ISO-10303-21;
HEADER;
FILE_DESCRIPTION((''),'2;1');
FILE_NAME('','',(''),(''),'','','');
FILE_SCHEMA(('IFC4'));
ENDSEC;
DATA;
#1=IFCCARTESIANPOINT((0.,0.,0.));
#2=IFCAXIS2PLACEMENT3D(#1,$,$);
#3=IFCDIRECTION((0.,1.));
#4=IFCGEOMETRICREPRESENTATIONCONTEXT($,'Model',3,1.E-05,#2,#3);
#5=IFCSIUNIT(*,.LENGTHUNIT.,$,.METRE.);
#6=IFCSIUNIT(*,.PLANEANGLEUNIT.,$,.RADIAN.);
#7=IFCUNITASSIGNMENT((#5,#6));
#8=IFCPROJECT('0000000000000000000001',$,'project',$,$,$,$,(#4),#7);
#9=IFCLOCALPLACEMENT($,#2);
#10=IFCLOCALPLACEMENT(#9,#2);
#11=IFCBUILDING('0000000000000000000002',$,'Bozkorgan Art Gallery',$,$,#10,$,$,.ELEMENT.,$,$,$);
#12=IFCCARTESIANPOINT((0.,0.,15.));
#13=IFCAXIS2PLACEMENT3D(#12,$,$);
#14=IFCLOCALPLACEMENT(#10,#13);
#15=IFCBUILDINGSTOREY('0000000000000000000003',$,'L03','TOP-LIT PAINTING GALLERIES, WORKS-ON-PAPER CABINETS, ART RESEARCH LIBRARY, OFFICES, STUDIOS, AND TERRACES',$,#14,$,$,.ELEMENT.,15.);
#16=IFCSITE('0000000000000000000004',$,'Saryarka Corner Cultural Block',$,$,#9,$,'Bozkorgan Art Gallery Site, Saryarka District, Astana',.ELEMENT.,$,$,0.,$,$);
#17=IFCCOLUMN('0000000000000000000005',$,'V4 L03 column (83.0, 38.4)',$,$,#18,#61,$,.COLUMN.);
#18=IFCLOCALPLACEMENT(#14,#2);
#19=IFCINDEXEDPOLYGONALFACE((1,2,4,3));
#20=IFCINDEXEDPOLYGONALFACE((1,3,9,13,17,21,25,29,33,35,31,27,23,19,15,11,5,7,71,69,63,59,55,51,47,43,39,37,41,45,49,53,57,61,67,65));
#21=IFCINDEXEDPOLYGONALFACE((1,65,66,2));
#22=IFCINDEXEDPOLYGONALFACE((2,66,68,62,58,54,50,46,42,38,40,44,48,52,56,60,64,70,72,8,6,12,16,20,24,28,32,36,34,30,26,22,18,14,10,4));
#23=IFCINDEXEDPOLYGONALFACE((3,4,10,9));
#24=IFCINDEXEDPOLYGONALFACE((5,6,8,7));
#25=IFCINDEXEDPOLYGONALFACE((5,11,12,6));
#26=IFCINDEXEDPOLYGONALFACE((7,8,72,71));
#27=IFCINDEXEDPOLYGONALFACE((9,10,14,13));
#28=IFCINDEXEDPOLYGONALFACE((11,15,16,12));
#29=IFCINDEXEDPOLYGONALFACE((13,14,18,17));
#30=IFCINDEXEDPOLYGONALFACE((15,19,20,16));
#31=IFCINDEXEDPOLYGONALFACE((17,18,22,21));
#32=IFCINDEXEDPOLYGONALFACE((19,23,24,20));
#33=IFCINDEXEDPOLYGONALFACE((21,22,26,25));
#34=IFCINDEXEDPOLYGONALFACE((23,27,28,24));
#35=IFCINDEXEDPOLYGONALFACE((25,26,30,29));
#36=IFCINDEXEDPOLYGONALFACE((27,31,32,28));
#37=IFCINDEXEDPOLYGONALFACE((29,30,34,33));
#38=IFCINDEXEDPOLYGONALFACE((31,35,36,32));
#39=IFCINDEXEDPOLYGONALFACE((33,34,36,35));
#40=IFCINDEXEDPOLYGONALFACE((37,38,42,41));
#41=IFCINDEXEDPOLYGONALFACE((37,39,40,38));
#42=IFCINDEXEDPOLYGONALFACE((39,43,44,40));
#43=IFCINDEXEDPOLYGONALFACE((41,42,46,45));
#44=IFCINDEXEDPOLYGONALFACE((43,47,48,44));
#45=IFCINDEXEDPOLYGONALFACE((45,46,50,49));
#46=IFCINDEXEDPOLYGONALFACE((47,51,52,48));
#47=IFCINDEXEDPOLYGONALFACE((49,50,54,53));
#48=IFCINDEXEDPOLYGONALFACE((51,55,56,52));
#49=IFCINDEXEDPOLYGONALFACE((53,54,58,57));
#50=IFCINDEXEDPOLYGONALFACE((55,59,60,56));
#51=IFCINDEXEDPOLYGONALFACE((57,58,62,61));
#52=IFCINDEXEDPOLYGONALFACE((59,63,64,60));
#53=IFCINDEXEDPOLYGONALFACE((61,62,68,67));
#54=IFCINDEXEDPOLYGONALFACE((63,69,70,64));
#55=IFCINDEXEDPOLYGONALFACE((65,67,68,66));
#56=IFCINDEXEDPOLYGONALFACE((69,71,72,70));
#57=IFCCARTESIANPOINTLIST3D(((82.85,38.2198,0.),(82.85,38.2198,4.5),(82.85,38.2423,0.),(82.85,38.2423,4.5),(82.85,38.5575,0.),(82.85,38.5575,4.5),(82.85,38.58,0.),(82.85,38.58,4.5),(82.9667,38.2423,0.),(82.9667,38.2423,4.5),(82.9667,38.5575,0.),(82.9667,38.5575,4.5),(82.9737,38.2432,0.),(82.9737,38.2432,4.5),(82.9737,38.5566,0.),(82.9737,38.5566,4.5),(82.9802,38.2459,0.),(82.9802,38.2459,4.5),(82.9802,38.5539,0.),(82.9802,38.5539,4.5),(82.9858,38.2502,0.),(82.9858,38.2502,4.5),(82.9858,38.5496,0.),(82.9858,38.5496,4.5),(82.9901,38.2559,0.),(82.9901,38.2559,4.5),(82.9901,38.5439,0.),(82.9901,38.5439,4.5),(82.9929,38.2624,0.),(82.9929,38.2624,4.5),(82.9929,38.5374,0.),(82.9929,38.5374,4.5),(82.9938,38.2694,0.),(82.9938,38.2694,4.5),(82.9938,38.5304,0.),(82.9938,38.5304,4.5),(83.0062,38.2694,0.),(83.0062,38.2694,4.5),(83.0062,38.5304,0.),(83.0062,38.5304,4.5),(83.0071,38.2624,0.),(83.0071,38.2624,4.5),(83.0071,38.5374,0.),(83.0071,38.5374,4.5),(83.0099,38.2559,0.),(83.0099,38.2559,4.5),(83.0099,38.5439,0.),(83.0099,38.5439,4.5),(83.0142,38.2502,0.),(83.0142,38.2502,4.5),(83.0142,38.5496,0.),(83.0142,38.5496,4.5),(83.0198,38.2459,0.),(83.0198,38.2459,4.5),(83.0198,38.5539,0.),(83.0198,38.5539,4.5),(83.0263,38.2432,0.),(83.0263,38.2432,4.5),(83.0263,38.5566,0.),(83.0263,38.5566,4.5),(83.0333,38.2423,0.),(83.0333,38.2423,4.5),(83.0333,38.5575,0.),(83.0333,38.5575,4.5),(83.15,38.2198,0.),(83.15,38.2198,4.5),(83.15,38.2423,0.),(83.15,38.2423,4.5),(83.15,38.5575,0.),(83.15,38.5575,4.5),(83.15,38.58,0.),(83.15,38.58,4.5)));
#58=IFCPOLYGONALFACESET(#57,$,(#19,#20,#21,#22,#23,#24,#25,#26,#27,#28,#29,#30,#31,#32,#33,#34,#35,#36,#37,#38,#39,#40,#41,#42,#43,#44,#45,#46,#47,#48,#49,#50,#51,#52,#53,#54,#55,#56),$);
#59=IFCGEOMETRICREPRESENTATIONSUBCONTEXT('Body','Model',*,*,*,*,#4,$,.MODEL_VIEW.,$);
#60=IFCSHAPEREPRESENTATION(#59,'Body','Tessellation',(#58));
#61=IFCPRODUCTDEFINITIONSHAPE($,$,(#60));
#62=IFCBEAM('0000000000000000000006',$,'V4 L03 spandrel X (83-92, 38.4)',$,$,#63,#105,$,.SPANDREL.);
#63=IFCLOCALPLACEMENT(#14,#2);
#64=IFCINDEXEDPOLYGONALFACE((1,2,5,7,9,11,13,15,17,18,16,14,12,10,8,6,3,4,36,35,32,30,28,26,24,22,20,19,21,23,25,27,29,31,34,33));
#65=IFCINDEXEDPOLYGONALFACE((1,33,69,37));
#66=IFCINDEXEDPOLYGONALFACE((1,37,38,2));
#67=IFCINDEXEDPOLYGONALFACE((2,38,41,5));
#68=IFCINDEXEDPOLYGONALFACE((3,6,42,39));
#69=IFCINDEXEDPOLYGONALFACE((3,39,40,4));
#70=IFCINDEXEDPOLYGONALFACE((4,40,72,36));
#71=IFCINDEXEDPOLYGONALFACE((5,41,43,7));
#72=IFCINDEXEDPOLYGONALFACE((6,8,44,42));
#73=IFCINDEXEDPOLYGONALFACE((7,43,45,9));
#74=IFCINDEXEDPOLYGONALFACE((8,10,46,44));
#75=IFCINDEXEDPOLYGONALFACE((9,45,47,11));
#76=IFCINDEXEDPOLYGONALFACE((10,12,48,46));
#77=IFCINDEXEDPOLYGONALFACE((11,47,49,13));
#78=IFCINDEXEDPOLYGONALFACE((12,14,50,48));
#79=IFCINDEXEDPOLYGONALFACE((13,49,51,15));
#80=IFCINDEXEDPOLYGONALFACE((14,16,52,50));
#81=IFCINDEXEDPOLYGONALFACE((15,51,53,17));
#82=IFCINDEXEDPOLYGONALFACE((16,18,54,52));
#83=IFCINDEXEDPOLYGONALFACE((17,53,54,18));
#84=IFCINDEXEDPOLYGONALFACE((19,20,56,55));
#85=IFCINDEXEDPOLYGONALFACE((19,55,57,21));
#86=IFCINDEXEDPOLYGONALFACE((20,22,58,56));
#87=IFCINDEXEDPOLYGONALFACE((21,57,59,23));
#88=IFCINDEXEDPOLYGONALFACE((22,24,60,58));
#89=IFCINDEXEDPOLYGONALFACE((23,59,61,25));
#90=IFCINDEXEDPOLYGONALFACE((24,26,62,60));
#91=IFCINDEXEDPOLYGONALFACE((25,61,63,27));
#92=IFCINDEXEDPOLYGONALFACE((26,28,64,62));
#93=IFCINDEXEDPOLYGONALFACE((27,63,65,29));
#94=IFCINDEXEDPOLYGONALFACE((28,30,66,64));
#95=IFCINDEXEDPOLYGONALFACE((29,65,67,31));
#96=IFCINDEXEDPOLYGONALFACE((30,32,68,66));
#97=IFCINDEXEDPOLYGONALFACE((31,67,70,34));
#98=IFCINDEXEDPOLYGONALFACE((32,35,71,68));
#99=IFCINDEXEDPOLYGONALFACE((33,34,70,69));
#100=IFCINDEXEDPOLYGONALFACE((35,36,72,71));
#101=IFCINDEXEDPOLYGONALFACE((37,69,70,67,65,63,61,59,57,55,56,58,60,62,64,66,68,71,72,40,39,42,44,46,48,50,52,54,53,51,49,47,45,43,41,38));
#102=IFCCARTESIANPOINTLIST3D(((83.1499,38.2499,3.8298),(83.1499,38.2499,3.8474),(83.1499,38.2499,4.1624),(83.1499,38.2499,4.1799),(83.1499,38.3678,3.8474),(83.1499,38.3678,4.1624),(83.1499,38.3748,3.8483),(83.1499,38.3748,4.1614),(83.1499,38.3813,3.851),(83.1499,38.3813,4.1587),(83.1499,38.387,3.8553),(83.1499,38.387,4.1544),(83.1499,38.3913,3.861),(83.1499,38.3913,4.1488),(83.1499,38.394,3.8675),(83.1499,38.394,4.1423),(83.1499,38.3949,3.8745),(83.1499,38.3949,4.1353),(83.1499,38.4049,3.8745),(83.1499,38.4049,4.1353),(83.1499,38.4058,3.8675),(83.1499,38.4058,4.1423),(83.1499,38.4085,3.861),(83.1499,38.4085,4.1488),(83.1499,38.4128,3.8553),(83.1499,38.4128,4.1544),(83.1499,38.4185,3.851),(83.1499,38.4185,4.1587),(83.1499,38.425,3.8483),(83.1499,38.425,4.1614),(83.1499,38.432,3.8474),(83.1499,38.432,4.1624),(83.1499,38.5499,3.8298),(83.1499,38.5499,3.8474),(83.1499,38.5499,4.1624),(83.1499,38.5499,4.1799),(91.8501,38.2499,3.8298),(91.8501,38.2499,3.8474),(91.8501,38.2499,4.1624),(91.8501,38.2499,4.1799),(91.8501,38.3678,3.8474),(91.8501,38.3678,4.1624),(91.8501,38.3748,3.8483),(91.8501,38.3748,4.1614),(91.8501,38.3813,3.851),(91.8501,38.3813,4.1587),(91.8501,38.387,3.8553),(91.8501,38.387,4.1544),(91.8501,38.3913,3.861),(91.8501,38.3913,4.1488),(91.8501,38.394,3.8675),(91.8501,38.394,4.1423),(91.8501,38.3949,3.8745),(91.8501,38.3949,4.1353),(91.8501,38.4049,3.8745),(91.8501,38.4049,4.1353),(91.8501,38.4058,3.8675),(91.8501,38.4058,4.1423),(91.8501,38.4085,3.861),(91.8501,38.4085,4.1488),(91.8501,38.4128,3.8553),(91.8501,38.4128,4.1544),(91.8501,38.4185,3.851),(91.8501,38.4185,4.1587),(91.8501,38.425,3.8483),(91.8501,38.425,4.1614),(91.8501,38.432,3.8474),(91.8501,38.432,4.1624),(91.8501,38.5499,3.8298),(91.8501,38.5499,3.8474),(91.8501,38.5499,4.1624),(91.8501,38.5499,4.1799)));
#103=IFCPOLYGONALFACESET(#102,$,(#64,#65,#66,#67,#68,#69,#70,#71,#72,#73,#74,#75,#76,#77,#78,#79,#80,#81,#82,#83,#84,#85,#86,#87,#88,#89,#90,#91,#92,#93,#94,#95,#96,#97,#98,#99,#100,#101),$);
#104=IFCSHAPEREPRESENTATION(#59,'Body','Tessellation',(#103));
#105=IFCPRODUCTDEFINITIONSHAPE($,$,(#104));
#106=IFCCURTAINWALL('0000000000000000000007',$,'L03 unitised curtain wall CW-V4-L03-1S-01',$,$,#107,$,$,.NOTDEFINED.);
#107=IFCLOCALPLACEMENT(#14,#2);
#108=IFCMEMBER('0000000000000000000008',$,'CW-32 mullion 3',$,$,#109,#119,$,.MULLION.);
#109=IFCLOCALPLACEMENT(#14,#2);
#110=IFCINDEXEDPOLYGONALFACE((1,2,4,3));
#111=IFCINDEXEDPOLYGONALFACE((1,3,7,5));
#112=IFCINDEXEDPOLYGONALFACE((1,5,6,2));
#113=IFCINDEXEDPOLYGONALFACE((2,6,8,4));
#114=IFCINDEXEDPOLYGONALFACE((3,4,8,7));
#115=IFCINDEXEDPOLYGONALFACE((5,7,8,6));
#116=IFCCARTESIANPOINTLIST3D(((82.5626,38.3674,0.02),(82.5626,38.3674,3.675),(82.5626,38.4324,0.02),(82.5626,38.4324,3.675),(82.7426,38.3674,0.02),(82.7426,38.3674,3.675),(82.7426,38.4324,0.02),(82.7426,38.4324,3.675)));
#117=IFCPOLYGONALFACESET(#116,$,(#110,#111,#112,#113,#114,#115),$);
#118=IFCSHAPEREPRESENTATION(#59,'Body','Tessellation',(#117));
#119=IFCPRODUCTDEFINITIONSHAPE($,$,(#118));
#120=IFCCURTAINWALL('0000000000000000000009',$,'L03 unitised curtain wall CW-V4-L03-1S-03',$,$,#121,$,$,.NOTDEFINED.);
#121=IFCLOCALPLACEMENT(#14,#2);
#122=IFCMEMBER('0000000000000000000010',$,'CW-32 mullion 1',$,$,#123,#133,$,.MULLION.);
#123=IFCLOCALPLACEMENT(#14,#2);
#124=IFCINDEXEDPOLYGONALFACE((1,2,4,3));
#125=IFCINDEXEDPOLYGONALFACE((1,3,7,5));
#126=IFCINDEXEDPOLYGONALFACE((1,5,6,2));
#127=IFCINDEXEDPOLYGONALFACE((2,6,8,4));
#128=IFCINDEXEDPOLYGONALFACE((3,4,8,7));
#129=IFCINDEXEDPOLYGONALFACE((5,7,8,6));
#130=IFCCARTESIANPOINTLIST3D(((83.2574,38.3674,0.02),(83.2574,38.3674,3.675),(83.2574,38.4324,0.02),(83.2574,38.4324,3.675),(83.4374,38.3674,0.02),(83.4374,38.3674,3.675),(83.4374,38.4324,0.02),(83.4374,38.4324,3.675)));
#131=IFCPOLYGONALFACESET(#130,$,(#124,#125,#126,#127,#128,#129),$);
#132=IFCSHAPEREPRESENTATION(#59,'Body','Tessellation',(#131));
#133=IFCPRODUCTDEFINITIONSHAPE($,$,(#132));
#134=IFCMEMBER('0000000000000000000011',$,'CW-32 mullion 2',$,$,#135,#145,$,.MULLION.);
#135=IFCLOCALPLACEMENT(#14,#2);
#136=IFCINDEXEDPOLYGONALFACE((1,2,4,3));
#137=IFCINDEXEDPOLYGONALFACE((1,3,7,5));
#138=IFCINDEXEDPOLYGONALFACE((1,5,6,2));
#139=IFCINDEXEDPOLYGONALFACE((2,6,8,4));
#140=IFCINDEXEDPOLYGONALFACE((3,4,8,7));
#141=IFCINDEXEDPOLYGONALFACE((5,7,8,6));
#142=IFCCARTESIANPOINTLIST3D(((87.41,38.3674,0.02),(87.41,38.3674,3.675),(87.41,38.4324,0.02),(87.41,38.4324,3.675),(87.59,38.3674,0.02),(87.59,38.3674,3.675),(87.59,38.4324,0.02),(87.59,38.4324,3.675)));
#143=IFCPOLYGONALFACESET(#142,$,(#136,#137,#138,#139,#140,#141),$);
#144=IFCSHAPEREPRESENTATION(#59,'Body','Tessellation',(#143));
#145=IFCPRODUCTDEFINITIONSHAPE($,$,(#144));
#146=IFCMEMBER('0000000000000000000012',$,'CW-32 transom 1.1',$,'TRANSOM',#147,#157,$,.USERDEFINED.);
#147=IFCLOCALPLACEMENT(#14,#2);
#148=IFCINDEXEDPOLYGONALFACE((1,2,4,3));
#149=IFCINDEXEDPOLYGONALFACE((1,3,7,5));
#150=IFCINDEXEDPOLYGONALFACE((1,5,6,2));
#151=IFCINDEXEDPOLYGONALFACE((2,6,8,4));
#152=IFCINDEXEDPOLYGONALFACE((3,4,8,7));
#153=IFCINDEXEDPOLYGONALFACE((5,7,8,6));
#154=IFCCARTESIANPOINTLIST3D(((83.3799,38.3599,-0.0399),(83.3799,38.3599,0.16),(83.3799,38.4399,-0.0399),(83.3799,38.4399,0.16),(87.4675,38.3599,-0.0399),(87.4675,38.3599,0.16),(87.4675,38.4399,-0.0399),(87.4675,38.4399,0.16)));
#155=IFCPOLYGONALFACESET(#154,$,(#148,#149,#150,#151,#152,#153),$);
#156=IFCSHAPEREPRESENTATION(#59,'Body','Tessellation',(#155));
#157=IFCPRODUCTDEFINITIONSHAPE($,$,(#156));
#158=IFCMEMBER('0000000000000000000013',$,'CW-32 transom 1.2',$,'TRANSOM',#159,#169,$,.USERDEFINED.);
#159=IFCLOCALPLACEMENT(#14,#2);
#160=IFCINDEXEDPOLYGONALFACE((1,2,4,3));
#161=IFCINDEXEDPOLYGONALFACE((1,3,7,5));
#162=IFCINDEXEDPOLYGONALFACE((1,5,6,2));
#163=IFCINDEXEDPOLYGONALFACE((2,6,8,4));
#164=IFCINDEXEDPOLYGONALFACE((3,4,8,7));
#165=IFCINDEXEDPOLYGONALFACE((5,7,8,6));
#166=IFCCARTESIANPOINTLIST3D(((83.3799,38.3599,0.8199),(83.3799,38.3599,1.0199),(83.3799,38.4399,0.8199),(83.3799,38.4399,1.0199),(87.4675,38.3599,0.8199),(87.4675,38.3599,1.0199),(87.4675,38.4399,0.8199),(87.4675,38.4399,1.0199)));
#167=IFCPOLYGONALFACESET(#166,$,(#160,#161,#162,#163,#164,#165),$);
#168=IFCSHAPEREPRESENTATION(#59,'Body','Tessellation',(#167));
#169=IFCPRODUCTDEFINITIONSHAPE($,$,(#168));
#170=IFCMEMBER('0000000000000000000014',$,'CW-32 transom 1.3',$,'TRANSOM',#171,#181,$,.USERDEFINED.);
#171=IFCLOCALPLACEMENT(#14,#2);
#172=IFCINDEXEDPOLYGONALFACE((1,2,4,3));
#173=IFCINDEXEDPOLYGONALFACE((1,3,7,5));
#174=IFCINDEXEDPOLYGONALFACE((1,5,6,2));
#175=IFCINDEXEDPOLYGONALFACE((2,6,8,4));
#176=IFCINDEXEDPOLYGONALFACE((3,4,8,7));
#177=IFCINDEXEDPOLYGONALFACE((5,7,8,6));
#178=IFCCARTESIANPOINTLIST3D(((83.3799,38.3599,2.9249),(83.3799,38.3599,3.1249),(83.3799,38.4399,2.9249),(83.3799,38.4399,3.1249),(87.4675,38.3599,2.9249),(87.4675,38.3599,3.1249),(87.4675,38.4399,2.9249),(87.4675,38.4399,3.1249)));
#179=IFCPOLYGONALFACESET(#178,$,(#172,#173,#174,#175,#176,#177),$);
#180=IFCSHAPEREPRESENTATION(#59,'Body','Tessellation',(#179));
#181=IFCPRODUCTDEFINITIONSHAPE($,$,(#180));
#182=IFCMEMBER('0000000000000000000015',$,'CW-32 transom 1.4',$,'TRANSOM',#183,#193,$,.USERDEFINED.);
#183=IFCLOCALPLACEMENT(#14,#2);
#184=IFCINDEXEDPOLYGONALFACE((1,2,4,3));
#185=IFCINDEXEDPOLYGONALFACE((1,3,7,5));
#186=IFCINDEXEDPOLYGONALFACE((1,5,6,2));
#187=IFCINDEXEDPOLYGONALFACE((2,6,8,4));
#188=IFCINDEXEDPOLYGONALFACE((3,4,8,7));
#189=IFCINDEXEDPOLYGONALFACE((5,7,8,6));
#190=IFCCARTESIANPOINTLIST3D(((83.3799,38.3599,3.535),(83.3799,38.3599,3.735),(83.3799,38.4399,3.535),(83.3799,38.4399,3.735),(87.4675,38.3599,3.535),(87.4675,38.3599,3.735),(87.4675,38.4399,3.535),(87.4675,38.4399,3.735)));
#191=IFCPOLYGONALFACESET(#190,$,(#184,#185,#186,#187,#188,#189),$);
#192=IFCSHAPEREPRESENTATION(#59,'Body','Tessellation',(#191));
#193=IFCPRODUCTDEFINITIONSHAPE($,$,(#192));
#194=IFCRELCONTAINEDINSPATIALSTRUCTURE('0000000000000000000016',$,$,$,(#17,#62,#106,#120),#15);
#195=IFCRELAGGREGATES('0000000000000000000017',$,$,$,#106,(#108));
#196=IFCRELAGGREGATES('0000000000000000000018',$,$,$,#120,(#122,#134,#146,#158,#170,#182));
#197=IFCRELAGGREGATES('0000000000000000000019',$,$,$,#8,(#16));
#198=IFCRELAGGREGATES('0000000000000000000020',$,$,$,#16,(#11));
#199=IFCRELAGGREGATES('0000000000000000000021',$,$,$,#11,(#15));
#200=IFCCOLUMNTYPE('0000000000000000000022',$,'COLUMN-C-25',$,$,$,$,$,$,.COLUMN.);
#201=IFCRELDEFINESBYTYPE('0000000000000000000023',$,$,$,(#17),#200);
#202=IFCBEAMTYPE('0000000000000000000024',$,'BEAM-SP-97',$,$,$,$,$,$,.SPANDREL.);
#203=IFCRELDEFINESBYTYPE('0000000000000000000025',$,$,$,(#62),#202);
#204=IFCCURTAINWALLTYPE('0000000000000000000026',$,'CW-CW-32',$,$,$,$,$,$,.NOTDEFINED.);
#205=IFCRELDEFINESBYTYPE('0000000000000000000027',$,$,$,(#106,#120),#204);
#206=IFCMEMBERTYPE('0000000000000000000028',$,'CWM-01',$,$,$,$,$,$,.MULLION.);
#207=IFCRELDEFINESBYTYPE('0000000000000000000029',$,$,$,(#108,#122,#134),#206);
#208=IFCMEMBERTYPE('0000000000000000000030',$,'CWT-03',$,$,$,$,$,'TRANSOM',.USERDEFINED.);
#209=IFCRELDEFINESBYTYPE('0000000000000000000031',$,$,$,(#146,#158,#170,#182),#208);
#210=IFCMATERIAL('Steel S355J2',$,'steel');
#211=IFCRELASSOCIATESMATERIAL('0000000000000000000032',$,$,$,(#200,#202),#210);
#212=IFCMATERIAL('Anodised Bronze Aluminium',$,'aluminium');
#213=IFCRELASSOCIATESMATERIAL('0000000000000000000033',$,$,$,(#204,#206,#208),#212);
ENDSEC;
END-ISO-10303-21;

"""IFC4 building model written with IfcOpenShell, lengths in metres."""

from ifc_helpers import new_model, si_unit, direction, frame, origin, origin_2d, place, context, subcontext, project, spatial, rectangle, i_section, extrude, material, material_profile, profile_set, type_object, element, aggregate, save


model = new_model("IFC4")

# Units and contexts
model_context = context("Model", 3, precision=1e-05, world=origin(), true_north=direction((0.0, 1.0)))
body_context = subcontext(model_context, "Body", "Model", "MODEL_VIEW")
ifc_project = project(units=[si_unit("LENGTHUNIT", "METRE"), si_unit("PLANEANGLEUNIT", "RADIAN")], contexts=[model_context])

# Site, building, storey
site_placement = place(None, origin())
site = spatial("IfcSite", under=ifc_project, at=site_placement, Name="Saryarka Corner Cultural Block", LongName="Bozkorgan Art Gallery Site, Saryarka District, Astana", CompositionType="ELEMENT", RefElevation=0.0)
building_placement = place(site_placement, origin())
building = spatial("IfcBuilding", under=site, at=building_placement, Name="Bozkorgan Art Gallery", CompositionType="ELEMENT")
storey_placement = place(building_placement, frame((0.0, 0.0, 15.0)))
storey = spatial("IfcBuildingStorey", under=building, at=storey_placement, Name="L03", Description="TOP-LIT PAINTING GALLERIES, WORKS-ON-PAPER CABINETS, ART RESEARCH LIBRARY, OFFICES, STUDIOS, AND TERRACES", CompositionType="ELEMENT", Elevation=15.0)

# Column
ifc_material_1 = material(Name="Steel S355J2", Category="steel")
ifc_material_profile_1 = material_profile(ifc_material_1, i_section(OverallWidth=0.3, OverallDepth=0.3601, WebThickness=0.0125, FlangeThickness=0.0225, FilletRadius=0.0271, at=origin_2d()), Name="HEB 360")
ifc_profile_set_1 = profile_set([ifc_material_profile_1], Name="Steel S355J2")
column_type = type_object("IfcColumnType", Name="COLUMN-C-25", PredefinedType="COLUMN", material=ifc_profile_set_1)
column_placement = place(storey_placement, frame((83.0, 38.3999, 0.0), z_axis=(0.0, 0.0, 1.0), x_axis=(1.0, 0.0, 0.0)))
element("IfcColumn", 1, at=column_placement, inside=storey, type_object=column_type, Name="V4 L03 column (83.0, 38.4)", PredefinedType="COLUMN", context=body_context, shape_type="SweptSolid", body=[
    extrude(i_section(OverallWidth=0.3, OverallDepth=0.3601, WebThickness=0.0125, FlangeThickness=0.0225, FilletRadius=0.0271, at=origin_2d()), origin(), (0.0, 0.0, 1.0), 4.5),
])

# Beam
ifc_material_profile_2 = material_profile(ifc_material_1, i_section(OverallWidth=0.3, OverallDepth=0.3501, WebThickness=0.01, FlangeThickness=0.0176, FilletRadius=0.0271, at=origin_2d()), Name="HEA 360")
ifc_profile_set_2 = profile_set([ifc_material_profile_2], Name="Steel S355J2")
beam_type = type_object("IfcBeamType", Name="BEAM-SP-97", PredefinedType="SPANDREL", material=ifc_profile_set_2)
beam_placement = place(storey_placement, frame((83.1499, 38.3999, 4.0049), z_axis=(1.0, 0.0, 0.0), x_axis=(0.0, 1.0, 0.0)))
element("IfcBeam", 2, at=beam_placement, inside=storey, type_object=beam_type, Name="V4 L03 spandrel X (83-92, 38.4)", PredefinedType="SPANDREL", context=body_context, shape_type="SweptSolid", body=[
    extrude(i_section(OverallWidth=0.3, OverallDepth=0.3501, WebThickness=0.01, FlangeThickness=0.0176, FilletRadius=0.0271, at=origin_2d()), origin(), (0.0, 0.0, 1.0), 8.7002),
])

# Curtain wall, member
ifc_material_2 = material(Name="Anodised Bronze Aluminium", Category="aluminium")
curtain_wall_type = type_object("IfcCurtainWallType", Name="CW-CW-32", PredefinedType="NOTDEFINED", material=ifc_material_2)
curtain_wall_1_placement = place(storey_placement, origin())
curtain_wall_1 = element("IfcCurtainWall", 3, at=curtain_wall_1_placement, inside=storey, type_object=curtain_wall_type, Name="L03 unitised curtain wall CW-V4-L03-1S-01", PredefinedType="NOTDEFINED")
ifc_material_profile_3 = material_profile(ifc_material_2, rectangle(XDim=0.0649, YDim=0.1799, at=origin_2d()), Name="ALU MULLION 65x180")
ifc_profile_set_3 = profile_set([ifc_material_profile_3], Name="Anodised Bronze Aluminium")
member_type_1 = type_object("IfcMemberType", Name="CWM-01", PredefinedType="MULLION", material=ifc_profile_set_3)
member_1_placement = place(storey_placement, frame((82.6526, 38.3999, 0.02), z_axis=(0.0, 0.0, 1.0), x_axis=(0.0, 1.0, 0.0)))
member_1 = element("IfcMember", 4, at=member_1_placement, type_object=member_type_1, Name="CW-32 mullion 3", PredefinedType="MULLION", context=body_context, shape_type="SweptSolid", body=[
    extrude(rectangle(XDim=0.0649, YDim=0.1799, at=origin_2d()), origin(), (0.0, 0.0, 1.0), 3.655),
])

# Curtain wall, members
curtain_wall_2_placement = place(storey_placement, origin())
curtain_wall_2 = element("IfcCurtainWall", 5, at=curtain_wall_2_placement, inside=storey, type_object=curtain_wall_type, Name="L03 unitised curtain wall CW-V4-L03-1S-03", PredefinedType="NOTDEFINED")
member_2_placement = place(storey_placement, frame((83.3474, 38.3999, 0.02), z_axis=(0.0, 0.0, 1.0), x_axis=(0.0, 1.0, 0.0)))
member_2 = element("IfcMember", 6, at=member_2_placement, type_object=member_type_1, Name="CW-32 mullion 1", PredefinedType="MULLION", context=body_context, shape_type="SweptSolid", body=[
    extrude(rectangle(XDim=0.0649, YDim=0.1799, at=origin_2d()), origin(), (0.0, 0.0, 1.0), 3.655),
])
member_3_placement = place(storey_placement, frame((87.5, 38.3999, 0.02), z_axis=(0.0, 0.0, 1.0), x_axis=(0.0, 1.0, 0.0)))
member_3 = element("IfcMember", 7, at=member_3_placement, type_object=member_type_1, Name="CW-32 mullion 2", PredefinedType="MULLION", context=body_context, shape_type="SweptSolid", body=[
    extrude(rectangle(XDim=0.0649, YDim=0.1799, at=origin_2d()), origin(), (0.0, 0.0, 1.0), 3.655),
])
ifc_material_profile_4 = material_profile(ifc_material_2, rectangle(XDim=0.0801, YDim=0.2, at=origin_2d()), Name="ALU TRANSOM 80x200")
ifc_profile_set_4 = profile_set([ifc_material_profile_4], Name="Anodised Bronze Aluminium")
member_type_2 = type_object("IfcMemberType", Name="CWT-03", ElementType="TRANSOM", PredefinedType="USERDEFINED", material=ifc_profile_set_4)
member_4_placement = place(storey_placement, frame((83.3799, 38.3999, 0.0601), z_axis=(1.0, 0.0, 0.0), x_axis=(0.0, 1.0, 0.0)))
member_4 = element("IfcMember", 8, at=member_4_placement, type_object=member_type_2, Name="CW-32 transom 1.1", ObjectType="TRANSOM", PredefinedType="USERDEFINED", context=body_context, shape_type="SweptSolid", body=[
    extrude(rectangle(XDim=0.0801, YDim=0.2, at=origin_2d()), origin(), (0.0, 0.0, 1.0), 4.0876),
])
member_5_placement = place(storey_placement, frame((83.3799, 38.3999, 0.9199), z_axis=(1.0, 0.0, 0.0), x_axis=(0.0, 1.0, 0.0)))
member_5 = element("IfcMember", 9, at=member_5_placement, type_object=member_type_2, Name="CW-32 transom 1.2", ObjectType="TRANSOM", PredefinedType="USERDEFINED", context=body_context, shape_type="SweptSolid", body=[
    extrude(rectangle(XDim=0.0801, YDim=0.2, at=origin_2d()), origin(), (0.0, 0.0, 1.0), 4.0876),
])
member_6_placement = place(storey_placement, frame((83.3799, 38.3999, 3.0249), z_axis=(1.0, 0.0, 0.0), x_axis=(0.0, 1.0, 0.0)))
member_6 = element("IfcMember", 10, at=member_6_placement, type_object=member_type_2, Name="CW-32 transom 1.3", ObjectType="TRANSOM", PredefinedType="USERDEFINED", context=body_context, shape_type="SweptSolid", body=[
    extrude(rectangle(XDim=0.0801, YDim=0.2, at=origin_2d()), origin(), (0.0, 0.0, 1.0), 4.0876),
])
member_7_placement = place(storey_placement, frame((83.3799, 38.3999, 3.635), z_axis=(1.0, 0.0, 0.0), x_axis=(0.0, 1.0, 0.0)))
member_7 = element("IfcMember", 11, at=member_7_placement, type_object=member_type_2, Name="CW-32 transom 1.4", ObjectType="TRANSOM", PredefinedType="USERDEFINED", context=body_context, shape_type="SweptSolid", body=[
    extrude(rectangle(XDim=0.0801, YDim=0.2, at=origin_2d()), origin(), (0.0, 0.0, 1.0), 4.0876),
])

aggregate(curtain_wall_1, [member_1])
aggregate(curtain_wall_2, [member_2, member_3, member_4, member_5, member_6, member_7])

save(model, "model.ifc")
